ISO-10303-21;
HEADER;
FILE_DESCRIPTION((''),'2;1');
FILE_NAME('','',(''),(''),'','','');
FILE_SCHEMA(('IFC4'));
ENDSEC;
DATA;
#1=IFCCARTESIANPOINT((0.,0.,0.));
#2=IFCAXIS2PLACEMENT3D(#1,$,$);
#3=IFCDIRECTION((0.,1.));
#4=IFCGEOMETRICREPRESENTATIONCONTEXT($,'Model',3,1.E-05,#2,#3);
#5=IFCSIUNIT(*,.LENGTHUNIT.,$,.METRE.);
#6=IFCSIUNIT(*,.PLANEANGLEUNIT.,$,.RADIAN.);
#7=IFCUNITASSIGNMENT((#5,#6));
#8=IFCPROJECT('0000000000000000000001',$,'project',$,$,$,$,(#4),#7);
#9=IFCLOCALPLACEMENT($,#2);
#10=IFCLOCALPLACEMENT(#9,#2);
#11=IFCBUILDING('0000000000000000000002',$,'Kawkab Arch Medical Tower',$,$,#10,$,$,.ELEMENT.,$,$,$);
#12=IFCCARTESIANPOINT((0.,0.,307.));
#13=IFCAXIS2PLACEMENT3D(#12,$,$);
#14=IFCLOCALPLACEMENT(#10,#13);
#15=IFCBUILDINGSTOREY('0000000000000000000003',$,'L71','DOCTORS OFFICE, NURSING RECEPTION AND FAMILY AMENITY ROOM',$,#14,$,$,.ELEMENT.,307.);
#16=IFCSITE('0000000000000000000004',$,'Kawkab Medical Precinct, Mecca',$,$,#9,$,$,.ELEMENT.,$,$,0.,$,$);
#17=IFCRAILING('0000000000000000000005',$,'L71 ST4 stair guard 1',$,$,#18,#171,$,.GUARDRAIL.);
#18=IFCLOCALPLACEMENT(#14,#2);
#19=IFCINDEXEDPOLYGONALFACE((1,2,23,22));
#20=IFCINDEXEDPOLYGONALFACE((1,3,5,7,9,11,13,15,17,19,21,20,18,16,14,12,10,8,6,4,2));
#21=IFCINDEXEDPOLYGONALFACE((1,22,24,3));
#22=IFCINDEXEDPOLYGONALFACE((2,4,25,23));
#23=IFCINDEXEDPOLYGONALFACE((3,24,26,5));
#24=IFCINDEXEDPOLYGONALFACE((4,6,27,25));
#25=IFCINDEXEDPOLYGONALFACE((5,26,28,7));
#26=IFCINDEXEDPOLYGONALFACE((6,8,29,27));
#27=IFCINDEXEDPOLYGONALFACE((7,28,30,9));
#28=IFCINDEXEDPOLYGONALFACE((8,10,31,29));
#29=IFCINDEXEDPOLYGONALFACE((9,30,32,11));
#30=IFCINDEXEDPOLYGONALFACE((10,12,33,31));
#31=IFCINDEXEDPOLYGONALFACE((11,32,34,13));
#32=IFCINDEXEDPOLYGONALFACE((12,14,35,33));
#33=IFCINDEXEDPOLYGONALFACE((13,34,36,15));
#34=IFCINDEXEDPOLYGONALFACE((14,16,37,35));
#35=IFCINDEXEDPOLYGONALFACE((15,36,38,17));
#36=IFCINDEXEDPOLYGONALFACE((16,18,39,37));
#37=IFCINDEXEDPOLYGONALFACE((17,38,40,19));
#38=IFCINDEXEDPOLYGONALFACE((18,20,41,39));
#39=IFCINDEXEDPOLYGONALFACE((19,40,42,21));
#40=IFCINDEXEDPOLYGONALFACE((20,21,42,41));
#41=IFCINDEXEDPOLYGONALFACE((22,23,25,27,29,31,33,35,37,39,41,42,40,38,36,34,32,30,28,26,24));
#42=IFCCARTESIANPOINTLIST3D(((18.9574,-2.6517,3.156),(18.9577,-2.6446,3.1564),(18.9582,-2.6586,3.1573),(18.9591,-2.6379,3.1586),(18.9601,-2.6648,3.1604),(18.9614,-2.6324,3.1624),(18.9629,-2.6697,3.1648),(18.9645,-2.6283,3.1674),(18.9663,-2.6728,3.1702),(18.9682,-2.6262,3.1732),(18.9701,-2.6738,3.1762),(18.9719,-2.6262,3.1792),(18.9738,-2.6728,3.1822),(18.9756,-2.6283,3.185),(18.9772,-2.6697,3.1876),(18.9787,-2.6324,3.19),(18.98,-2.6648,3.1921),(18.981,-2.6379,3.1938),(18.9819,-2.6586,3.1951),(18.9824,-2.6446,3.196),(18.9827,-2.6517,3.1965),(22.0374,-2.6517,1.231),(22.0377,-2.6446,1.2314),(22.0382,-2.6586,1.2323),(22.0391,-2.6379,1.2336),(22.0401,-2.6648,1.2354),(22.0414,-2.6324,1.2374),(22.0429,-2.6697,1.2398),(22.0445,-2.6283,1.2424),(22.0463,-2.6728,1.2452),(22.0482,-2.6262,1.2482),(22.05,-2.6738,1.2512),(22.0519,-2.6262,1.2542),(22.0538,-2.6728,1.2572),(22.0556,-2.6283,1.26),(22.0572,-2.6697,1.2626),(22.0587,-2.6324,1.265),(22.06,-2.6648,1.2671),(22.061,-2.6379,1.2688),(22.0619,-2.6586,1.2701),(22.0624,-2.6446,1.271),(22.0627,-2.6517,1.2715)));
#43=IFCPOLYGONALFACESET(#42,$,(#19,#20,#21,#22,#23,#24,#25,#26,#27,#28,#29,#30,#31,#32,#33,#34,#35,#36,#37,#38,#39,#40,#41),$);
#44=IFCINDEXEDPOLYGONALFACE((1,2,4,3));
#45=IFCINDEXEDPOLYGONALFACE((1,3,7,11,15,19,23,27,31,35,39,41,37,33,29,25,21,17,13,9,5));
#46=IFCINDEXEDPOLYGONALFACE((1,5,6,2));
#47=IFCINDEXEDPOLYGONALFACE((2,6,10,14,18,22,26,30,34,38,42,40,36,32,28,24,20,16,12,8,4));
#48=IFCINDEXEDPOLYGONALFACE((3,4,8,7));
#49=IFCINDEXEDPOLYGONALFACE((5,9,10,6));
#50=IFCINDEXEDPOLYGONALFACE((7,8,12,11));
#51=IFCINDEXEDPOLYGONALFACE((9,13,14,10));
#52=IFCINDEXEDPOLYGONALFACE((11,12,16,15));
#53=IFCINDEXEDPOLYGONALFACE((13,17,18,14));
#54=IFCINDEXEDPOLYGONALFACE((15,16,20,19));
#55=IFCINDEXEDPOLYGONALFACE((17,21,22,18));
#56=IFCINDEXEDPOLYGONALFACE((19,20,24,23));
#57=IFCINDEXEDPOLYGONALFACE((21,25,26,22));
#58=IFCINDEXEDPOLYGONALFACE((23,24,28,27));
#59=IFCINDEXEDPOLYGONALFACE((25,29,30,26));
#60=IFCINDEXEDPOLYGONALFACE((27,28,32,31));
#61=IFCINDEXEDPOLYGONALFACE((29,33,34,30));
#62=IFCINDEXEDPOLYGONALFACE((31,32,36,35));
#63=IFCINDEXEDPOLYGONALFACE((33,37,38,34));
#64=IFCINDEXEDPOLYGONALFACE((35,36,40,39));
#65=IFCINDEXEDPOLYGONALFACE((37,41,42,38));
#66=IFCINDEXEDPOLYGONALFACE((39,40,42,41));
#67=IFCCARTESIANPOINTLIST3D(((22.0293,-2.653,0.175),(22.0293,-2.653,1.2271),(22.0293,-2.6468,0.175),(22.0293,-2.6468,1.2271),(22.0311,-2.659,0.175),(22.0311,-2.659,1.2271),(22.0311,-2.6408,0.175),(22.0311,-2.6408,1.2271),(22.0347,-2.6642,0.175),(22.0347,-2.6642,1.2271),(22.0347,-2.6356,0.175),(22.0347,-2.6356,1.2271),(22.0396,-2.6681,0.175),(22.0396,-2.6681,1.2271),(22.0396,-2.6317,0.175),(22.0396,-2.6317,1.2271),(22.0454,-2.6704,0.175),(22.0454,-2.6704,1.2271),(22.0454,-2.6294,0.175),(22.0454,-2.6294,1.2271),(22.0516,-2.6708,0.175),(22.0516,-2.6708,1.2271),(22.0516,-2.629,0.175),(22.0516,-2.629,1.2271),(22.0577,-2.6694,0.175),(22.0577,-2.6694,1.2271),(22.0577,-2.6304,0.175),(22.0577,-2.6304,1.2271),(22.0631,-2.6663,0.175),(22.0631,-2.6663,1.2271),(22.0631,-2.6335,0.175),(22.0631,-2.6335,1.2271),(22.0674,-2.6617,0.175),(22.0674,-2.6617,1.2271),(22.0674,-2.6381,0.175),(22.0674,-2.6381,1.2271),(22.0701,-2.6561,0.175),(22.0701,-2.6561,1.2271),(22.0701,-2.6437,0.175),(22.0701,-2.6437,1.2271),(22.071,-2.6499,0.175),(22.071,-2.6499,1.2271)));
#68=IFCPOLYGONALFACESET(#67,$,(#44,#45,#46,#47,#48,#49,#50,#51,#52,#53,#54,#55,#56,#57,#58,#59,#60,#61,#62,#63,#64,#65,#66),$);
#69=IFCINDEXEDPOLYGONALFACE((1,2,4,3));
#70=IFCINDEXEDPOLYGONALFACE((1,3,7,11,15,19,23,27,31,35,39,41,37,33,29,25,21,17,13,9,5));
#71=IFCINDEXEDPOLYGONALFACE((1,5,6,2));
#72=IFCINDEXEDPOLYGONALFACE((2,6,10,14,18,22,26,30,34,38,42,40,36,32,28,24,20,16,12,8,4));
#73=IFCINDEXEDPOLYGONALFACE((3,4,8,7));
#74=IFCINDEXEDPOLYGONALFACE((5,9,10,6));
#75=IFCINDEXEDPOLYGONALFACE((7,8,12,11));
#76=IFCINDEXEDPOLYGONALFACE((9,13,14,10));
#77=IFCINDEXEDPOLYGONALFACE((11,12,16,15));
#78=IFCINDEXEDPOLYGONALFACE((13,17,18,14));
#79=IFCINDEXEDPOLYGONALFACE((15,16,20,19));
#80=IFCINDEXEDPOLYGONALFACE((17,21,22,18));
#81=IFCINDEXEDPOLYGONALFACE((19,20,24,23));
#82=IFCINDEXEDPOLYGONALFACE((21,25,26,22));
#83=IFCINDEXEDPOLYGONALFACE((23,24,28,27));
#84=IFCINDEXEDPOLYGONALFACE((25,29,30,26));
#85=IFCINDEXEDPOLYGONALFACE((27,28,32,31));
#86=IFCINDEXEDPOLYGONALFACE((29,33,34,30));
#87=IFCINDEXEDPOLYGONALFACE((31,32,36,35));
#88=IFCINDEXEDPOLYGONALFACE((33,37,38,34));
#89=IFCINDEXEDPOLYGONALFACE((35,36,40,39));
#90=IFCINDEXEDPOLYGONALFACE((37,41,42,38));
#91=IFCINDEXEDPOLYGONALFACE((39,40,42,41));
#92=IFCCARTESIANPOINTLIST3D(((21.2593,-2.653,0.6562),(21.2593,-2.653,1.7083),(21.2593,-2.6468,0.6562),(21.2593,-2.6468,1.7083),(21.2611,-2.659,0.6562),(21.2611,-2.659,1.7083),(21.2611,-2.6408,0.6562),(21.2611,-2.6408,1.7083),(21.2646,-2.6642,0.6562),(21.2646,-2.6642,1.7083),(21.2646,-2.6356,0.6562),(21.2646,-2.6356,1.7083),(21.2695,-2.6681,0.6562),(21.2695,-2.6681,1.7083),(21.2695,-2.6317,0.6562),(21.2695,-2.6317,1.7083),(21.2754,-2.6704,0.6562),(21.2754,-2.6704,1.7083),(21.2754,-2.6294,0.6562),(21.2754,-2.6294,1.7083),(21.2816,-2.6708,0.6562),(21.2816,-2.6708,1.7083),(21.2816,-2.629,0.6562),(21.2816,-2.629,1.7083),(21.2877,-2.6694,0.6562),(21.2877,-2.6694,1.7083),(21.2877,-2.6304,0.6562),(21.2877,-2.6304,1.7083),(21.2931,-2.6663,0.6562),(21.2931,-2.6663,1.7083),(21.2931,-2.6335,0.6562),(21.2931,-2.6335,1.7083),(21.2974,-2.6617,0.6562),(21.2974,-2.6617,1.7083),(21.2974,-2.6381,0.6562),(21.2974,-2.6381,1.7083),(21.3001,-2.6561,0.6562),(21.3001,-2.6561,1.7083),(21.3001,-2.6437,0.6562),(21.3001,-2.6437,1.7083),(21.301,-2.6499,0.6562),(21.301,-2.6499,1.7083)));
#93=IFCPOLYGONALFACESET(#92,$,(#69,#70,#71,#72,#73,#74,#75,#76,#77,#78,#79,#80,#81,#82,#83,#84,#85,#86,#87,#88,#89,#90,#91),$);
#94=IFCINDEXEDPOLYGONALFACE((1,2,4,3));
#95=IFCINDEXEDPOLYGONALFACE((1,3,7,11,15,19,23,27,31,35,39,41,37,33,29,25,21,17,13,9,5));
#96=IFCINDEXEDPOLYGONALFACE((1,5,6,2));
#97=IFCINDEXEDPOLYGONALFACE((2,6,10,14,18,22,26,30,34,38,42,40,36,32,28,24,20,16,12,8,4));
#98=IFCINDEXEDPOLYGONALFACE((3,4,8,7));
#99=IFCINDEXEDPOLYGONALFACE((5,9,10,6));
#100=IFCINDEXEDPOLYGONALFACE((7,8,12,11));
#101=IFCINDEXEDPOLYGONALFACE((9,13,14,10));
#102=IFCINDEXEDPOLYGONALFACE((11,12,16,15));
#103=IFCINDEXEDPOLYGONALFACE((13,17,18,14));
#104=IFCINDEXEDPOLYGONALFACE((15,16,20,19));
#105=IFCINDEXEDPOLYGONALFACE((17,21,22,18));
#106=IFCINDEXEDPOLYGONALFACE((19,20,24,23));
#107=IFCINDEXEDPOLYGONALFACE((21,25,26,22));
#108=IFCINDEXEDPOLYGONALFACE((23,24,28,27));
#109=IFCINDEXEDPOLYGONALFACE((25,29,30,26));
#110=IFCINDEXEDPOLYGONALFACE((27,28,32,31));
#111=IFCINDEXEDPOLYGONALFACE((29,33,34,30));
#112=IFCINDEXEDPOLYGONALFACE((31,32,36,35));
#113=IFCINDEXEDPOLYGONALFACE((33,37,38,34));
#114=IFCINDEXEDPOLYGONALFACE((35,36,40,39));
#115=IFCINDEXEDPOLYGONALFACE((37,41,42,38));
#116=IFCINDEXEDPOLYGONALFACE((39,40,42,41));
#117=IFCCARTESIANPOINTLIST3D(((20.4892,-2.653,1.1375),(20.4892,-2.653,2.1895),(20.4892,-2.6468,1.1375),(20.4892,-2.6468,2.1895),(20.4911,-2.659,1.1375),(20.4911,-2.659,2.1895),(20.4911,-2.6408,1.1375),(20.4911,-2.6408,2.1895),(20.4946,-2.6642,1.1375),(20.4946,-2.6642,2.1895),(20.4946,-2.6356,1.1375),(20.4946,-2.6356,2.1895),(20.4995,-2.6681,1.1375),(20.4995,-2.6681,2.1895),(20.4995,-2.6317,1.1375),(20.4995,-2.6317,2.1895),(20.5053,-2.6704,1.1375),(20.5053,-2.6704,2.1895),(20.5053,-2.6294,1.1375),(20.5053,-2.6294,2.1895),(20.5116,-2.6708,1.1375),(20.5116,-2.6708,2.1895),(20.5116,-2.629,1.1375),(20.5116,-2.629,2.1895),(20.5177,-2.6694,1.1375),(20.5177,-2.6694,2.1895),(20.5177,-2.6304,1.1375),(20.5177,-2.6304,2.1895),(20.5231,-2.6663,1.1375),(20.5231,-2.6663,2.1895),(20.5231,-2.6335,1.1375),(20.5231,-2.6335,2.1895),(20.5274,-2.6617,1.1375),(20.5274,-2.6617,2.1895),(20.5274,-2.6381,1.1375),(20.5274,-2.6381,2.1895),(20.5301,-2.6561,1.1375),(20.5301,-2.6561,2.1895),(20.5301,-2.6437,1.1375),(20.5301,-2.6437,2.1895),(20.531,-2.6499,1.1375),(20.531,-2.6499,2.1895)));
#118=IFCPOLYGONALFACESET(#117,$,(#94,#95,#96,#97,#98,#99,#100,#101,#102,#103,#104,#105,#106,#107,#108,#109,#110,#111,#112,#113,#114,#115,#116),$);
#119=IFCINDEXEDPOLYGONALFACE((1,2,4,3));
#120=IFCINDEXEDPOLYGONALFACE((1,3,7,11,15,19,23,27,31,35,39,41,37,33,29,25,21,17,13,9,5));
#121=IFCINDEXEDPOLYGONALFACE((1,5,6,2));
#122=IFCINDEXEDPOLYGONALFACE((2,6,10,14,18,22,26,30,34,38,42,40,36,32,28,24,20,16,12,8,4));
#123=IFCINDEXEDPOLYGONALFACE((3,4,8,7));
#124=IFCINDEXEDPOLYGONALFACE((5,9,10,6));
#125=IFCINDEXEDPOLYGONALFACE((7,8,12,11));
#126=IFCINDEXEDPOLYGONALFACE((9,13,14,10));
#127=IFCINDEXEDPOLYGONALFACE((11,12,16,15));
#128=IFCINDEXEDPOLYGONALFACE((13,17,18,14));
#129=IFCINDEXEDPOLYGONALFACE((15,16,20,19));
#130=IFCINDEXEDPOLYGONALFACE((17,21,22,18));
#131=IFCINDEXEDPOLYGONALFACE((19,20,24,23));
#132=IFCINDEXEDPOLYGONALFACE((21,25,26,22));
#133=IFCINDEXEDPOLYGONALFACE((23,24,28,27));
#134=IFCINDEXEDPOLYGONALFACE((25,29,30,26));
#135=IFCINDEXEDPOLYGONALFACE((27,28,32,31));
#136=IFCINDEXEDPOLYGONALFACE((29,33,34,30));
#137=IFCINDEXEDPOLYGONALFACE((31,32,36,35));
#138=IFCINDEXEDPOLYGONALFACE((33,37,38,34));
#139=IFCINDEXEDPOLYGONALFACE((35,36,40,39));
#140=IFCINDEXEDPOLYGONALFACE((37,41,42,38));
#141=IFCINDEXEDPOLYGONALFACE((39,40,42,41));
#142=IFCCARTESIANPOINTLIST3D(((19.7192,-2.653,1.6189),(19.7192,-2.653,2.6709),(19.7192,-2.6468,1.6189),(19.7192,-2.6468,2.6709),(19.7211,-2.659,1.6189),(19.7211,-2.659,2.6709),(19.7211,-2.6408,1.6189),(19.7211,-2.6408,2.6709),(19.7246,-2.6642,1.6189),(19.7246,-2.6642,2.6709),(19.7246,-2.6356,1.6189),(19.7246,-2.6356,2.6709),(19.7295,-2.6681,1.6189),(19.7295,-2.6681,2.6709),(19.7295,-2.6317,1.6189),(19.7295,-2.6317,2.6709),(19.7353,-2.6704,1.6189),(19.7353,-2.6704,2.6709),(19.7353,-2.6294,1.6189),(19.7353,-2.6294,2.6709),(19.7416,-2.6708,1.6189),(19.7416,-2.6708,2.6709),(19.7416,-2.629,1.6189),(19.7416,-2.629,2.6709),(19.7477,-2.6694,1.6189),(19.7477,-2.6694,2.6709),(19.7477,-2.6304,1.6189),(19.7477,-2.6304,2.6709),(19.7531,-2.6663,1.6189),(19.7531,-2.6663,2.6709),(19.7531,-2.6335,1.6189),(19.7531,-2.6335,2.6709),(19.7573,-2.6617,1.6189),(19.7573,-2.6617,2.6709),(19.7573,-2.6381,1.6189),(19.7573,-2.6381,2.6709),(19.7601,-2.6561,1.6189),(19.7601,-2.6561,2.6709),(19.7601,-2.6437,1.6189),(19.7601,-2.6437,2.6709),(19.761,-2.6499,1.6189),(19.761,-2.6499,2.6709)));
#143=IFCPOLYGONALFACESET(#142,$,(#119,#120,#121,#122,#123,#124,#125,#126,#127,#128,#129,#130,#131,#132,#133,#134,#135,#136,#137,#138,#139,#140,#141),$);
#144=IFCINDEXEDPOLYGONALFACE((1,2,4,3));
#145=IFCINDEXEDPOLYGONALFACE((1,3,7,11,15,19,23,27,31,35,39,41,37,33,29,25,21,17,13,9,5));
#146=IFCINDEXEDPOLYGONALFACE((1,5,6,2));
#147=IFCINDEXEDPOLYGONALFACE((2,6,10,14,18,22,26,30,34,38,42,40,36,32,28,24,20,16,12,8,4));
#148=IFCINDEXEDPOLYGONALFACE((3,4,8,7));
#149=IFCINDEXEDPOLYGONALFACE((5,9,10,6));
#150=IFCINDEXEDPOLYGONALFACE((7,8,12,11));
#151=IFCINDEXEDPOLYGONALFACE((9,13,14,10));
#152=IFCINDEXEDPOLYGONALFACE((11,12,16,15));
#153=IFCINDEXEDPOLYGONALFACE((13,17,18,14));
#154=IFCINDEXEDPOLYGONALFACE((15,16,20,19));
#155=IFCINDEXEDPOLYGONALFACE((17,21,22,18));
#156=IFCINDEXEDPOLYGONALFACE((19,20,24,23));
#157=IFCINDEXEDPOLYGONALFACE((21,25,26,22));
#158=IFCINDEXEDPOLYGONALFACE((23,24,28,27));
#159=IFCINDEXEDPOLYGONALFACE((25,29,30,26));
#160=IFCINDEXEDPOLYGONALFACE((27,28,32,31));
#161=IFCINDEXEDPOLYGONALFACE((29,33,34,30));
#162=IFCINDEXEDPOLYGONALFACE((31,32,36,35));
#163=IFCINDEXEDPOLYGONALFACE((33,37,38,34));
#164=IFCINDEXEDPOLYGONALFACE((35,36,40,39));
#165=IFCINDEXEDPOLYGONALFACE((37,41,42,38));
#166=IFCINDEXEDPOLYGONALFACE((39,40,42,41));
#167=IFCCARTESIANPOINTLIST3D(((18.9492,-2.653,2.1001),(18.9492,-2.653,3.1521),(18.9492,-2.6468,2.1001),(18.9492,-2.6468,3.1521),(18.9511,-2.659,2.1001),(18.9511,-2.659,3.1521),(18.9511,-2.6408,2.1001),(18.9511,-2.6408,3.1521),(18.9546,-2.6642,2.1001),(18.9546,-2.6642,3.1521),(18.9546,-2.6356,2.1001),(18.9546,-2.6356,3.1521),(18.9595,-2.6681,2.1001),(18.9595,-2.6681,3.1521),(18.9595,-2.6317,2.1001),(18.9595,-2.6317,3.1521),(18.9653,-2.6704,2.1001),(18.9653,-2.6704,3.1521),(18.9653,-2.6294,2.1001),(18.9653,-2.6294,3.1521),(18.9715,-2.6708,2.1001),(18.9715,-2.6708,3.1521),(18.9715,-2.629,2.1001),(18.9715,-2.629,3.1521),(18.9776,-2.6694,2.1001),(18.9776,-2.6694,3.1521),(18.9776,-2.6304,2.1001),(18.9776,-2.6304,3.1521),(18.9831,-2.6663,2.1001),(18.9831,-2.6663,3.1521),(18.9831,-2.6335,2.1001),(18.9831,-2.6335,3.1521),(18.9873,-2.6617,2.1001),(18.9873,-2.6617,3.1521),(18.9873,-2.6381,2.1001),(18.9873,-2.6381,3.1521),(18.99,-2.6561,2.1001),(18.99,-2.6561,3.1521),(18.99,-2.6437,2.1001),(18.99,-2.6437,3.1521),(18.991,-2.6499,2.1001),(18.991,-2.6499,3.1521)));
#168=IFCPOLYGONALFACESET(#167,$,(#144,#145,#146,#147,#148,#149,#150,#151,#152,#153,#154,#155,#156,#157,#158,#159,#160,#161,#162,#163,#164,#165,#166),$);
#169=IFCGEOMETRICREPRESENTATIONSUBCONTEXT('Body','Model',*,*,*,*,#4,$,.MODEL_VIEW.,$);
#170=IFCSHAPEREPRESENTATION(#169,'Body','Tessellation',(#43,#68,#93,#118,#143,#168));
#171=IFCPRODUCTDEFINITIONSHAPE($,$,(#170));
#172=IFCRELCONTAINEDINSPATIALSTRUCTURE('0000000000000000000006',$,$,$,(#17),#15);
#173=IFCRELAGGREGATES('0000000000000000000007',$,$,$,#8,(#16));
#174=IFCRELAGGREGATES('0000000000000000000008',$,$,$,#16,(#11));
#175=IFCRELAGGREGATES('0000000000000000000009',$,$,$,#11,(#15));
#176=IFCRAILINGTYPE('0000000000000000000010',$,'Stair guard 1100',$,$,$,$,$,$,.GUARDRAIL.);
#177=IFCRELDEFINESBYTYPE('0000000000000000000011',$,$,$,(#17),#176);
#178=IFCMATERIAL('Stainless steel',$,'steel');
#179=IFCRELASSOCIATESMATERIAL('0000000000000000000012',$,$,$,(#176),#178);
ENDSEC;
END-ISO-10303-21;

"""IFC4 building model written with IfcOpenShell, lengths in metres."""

from ifc_helpers import new_model, si_unit, direction, frame, origin, origin_2d, place, context, subcontext, project, spatial, circle, extrude, material, type_object, element, save


model = new_model("IFC4")

# Units and contexts
model_context = context("Model", 3, precision=1e-05, world=origin(), true_north=direction((0.0, 1.0)))
body_context = subcontext(model_context, "Body", "Model", "MODEL_VIEW")
ifc_project = project(units=[si_unit("LENGTHUNIT", "METRE"), si_unit("PLANEANGLEUNIT", "RADIAN")], contexts=[model_context])

# Site, building, storey
site_placement = place(None, origin())
site = spatial("IfcSite", under=ifc_project, at=site_placement, Name="Kawkab Medical Precinct, Mecca", CompositionType="ELEMENT", RefElevation=0.0)
building_placement = place(site_placement, origin())
building = spatial("IfcBuilding", under=site, at=building_placement, Name="Kawkab Arch Medical Tower", CompositionType="ELEMENT")
storey_placement = place(building_placement, frame((0.0, 0.0, 307.0)))
storey = spatial("IfcBuildingStorey", under=building, at=storey_placement, Name="L71", Description="DOCTORS OFFICE, NURSING RECEPTION AND FAMILY AMENITY ROOM", CompositionType="ELEMENT", Elevation=307.0)

# Railing
ifc_material_1 = material(Name="Stainless steel", Category="steel")
railing_type_1 = type_object("IfcRailingType", Name="Stair guard 1100", PredefinedType="GUARDRAIL", material=ifc_material_1)
railing_1_placement = place(storey_placement, frame((22.05, -2.6499, 0.175)))
element("IfcRailing", 1, at=railing_1_placement, inside=storey, type_object=railing_type_1, Name="L71 ST4 stair guard 1", PredefinedType="GUARDRAIL", context=body_context, shape_type="SweptSolid", body=[
    extrude(circle(Radius=0.0239, at=origin_2d()), frame((0.0, 0.0, 1.0762), z_axis=(-0.847998, 0.0, 0.529999), x_axis=(0.0, -1.0, 0.0)), (0.0, 0.0, 1.0), 3.6321),
    extrude(circle(Radius=0.021, at=origin_2d()), origin(), (0.0, 0.0, 1.0), 1.052),
    extrude(circle(Radius=0.021, at=origin_2d()), frame((-0.77, 0.0, 0.4812)), (0.0, 0.0, 1.0), 1.052),
    extrude(circle(Radius=0.021, at=origin_2d()), frame((-1.54, 0.0, 0.9624)), (0.0, 0.0, 1.0), 1.052),
    extrude(circle(Radius=0.021, at=origin_2d()), frame((-2.3101, 0.0, 1.4438)), (0.0, 0.0, 1.0), 1.052),
    extrude(circle(Radius=0.021, at=origin_2d()), frame((-3.0801, 0.0, 1.925)), (0.0, 0.0, 1.0), 1.052),
])

save(model, "model.ifc")
